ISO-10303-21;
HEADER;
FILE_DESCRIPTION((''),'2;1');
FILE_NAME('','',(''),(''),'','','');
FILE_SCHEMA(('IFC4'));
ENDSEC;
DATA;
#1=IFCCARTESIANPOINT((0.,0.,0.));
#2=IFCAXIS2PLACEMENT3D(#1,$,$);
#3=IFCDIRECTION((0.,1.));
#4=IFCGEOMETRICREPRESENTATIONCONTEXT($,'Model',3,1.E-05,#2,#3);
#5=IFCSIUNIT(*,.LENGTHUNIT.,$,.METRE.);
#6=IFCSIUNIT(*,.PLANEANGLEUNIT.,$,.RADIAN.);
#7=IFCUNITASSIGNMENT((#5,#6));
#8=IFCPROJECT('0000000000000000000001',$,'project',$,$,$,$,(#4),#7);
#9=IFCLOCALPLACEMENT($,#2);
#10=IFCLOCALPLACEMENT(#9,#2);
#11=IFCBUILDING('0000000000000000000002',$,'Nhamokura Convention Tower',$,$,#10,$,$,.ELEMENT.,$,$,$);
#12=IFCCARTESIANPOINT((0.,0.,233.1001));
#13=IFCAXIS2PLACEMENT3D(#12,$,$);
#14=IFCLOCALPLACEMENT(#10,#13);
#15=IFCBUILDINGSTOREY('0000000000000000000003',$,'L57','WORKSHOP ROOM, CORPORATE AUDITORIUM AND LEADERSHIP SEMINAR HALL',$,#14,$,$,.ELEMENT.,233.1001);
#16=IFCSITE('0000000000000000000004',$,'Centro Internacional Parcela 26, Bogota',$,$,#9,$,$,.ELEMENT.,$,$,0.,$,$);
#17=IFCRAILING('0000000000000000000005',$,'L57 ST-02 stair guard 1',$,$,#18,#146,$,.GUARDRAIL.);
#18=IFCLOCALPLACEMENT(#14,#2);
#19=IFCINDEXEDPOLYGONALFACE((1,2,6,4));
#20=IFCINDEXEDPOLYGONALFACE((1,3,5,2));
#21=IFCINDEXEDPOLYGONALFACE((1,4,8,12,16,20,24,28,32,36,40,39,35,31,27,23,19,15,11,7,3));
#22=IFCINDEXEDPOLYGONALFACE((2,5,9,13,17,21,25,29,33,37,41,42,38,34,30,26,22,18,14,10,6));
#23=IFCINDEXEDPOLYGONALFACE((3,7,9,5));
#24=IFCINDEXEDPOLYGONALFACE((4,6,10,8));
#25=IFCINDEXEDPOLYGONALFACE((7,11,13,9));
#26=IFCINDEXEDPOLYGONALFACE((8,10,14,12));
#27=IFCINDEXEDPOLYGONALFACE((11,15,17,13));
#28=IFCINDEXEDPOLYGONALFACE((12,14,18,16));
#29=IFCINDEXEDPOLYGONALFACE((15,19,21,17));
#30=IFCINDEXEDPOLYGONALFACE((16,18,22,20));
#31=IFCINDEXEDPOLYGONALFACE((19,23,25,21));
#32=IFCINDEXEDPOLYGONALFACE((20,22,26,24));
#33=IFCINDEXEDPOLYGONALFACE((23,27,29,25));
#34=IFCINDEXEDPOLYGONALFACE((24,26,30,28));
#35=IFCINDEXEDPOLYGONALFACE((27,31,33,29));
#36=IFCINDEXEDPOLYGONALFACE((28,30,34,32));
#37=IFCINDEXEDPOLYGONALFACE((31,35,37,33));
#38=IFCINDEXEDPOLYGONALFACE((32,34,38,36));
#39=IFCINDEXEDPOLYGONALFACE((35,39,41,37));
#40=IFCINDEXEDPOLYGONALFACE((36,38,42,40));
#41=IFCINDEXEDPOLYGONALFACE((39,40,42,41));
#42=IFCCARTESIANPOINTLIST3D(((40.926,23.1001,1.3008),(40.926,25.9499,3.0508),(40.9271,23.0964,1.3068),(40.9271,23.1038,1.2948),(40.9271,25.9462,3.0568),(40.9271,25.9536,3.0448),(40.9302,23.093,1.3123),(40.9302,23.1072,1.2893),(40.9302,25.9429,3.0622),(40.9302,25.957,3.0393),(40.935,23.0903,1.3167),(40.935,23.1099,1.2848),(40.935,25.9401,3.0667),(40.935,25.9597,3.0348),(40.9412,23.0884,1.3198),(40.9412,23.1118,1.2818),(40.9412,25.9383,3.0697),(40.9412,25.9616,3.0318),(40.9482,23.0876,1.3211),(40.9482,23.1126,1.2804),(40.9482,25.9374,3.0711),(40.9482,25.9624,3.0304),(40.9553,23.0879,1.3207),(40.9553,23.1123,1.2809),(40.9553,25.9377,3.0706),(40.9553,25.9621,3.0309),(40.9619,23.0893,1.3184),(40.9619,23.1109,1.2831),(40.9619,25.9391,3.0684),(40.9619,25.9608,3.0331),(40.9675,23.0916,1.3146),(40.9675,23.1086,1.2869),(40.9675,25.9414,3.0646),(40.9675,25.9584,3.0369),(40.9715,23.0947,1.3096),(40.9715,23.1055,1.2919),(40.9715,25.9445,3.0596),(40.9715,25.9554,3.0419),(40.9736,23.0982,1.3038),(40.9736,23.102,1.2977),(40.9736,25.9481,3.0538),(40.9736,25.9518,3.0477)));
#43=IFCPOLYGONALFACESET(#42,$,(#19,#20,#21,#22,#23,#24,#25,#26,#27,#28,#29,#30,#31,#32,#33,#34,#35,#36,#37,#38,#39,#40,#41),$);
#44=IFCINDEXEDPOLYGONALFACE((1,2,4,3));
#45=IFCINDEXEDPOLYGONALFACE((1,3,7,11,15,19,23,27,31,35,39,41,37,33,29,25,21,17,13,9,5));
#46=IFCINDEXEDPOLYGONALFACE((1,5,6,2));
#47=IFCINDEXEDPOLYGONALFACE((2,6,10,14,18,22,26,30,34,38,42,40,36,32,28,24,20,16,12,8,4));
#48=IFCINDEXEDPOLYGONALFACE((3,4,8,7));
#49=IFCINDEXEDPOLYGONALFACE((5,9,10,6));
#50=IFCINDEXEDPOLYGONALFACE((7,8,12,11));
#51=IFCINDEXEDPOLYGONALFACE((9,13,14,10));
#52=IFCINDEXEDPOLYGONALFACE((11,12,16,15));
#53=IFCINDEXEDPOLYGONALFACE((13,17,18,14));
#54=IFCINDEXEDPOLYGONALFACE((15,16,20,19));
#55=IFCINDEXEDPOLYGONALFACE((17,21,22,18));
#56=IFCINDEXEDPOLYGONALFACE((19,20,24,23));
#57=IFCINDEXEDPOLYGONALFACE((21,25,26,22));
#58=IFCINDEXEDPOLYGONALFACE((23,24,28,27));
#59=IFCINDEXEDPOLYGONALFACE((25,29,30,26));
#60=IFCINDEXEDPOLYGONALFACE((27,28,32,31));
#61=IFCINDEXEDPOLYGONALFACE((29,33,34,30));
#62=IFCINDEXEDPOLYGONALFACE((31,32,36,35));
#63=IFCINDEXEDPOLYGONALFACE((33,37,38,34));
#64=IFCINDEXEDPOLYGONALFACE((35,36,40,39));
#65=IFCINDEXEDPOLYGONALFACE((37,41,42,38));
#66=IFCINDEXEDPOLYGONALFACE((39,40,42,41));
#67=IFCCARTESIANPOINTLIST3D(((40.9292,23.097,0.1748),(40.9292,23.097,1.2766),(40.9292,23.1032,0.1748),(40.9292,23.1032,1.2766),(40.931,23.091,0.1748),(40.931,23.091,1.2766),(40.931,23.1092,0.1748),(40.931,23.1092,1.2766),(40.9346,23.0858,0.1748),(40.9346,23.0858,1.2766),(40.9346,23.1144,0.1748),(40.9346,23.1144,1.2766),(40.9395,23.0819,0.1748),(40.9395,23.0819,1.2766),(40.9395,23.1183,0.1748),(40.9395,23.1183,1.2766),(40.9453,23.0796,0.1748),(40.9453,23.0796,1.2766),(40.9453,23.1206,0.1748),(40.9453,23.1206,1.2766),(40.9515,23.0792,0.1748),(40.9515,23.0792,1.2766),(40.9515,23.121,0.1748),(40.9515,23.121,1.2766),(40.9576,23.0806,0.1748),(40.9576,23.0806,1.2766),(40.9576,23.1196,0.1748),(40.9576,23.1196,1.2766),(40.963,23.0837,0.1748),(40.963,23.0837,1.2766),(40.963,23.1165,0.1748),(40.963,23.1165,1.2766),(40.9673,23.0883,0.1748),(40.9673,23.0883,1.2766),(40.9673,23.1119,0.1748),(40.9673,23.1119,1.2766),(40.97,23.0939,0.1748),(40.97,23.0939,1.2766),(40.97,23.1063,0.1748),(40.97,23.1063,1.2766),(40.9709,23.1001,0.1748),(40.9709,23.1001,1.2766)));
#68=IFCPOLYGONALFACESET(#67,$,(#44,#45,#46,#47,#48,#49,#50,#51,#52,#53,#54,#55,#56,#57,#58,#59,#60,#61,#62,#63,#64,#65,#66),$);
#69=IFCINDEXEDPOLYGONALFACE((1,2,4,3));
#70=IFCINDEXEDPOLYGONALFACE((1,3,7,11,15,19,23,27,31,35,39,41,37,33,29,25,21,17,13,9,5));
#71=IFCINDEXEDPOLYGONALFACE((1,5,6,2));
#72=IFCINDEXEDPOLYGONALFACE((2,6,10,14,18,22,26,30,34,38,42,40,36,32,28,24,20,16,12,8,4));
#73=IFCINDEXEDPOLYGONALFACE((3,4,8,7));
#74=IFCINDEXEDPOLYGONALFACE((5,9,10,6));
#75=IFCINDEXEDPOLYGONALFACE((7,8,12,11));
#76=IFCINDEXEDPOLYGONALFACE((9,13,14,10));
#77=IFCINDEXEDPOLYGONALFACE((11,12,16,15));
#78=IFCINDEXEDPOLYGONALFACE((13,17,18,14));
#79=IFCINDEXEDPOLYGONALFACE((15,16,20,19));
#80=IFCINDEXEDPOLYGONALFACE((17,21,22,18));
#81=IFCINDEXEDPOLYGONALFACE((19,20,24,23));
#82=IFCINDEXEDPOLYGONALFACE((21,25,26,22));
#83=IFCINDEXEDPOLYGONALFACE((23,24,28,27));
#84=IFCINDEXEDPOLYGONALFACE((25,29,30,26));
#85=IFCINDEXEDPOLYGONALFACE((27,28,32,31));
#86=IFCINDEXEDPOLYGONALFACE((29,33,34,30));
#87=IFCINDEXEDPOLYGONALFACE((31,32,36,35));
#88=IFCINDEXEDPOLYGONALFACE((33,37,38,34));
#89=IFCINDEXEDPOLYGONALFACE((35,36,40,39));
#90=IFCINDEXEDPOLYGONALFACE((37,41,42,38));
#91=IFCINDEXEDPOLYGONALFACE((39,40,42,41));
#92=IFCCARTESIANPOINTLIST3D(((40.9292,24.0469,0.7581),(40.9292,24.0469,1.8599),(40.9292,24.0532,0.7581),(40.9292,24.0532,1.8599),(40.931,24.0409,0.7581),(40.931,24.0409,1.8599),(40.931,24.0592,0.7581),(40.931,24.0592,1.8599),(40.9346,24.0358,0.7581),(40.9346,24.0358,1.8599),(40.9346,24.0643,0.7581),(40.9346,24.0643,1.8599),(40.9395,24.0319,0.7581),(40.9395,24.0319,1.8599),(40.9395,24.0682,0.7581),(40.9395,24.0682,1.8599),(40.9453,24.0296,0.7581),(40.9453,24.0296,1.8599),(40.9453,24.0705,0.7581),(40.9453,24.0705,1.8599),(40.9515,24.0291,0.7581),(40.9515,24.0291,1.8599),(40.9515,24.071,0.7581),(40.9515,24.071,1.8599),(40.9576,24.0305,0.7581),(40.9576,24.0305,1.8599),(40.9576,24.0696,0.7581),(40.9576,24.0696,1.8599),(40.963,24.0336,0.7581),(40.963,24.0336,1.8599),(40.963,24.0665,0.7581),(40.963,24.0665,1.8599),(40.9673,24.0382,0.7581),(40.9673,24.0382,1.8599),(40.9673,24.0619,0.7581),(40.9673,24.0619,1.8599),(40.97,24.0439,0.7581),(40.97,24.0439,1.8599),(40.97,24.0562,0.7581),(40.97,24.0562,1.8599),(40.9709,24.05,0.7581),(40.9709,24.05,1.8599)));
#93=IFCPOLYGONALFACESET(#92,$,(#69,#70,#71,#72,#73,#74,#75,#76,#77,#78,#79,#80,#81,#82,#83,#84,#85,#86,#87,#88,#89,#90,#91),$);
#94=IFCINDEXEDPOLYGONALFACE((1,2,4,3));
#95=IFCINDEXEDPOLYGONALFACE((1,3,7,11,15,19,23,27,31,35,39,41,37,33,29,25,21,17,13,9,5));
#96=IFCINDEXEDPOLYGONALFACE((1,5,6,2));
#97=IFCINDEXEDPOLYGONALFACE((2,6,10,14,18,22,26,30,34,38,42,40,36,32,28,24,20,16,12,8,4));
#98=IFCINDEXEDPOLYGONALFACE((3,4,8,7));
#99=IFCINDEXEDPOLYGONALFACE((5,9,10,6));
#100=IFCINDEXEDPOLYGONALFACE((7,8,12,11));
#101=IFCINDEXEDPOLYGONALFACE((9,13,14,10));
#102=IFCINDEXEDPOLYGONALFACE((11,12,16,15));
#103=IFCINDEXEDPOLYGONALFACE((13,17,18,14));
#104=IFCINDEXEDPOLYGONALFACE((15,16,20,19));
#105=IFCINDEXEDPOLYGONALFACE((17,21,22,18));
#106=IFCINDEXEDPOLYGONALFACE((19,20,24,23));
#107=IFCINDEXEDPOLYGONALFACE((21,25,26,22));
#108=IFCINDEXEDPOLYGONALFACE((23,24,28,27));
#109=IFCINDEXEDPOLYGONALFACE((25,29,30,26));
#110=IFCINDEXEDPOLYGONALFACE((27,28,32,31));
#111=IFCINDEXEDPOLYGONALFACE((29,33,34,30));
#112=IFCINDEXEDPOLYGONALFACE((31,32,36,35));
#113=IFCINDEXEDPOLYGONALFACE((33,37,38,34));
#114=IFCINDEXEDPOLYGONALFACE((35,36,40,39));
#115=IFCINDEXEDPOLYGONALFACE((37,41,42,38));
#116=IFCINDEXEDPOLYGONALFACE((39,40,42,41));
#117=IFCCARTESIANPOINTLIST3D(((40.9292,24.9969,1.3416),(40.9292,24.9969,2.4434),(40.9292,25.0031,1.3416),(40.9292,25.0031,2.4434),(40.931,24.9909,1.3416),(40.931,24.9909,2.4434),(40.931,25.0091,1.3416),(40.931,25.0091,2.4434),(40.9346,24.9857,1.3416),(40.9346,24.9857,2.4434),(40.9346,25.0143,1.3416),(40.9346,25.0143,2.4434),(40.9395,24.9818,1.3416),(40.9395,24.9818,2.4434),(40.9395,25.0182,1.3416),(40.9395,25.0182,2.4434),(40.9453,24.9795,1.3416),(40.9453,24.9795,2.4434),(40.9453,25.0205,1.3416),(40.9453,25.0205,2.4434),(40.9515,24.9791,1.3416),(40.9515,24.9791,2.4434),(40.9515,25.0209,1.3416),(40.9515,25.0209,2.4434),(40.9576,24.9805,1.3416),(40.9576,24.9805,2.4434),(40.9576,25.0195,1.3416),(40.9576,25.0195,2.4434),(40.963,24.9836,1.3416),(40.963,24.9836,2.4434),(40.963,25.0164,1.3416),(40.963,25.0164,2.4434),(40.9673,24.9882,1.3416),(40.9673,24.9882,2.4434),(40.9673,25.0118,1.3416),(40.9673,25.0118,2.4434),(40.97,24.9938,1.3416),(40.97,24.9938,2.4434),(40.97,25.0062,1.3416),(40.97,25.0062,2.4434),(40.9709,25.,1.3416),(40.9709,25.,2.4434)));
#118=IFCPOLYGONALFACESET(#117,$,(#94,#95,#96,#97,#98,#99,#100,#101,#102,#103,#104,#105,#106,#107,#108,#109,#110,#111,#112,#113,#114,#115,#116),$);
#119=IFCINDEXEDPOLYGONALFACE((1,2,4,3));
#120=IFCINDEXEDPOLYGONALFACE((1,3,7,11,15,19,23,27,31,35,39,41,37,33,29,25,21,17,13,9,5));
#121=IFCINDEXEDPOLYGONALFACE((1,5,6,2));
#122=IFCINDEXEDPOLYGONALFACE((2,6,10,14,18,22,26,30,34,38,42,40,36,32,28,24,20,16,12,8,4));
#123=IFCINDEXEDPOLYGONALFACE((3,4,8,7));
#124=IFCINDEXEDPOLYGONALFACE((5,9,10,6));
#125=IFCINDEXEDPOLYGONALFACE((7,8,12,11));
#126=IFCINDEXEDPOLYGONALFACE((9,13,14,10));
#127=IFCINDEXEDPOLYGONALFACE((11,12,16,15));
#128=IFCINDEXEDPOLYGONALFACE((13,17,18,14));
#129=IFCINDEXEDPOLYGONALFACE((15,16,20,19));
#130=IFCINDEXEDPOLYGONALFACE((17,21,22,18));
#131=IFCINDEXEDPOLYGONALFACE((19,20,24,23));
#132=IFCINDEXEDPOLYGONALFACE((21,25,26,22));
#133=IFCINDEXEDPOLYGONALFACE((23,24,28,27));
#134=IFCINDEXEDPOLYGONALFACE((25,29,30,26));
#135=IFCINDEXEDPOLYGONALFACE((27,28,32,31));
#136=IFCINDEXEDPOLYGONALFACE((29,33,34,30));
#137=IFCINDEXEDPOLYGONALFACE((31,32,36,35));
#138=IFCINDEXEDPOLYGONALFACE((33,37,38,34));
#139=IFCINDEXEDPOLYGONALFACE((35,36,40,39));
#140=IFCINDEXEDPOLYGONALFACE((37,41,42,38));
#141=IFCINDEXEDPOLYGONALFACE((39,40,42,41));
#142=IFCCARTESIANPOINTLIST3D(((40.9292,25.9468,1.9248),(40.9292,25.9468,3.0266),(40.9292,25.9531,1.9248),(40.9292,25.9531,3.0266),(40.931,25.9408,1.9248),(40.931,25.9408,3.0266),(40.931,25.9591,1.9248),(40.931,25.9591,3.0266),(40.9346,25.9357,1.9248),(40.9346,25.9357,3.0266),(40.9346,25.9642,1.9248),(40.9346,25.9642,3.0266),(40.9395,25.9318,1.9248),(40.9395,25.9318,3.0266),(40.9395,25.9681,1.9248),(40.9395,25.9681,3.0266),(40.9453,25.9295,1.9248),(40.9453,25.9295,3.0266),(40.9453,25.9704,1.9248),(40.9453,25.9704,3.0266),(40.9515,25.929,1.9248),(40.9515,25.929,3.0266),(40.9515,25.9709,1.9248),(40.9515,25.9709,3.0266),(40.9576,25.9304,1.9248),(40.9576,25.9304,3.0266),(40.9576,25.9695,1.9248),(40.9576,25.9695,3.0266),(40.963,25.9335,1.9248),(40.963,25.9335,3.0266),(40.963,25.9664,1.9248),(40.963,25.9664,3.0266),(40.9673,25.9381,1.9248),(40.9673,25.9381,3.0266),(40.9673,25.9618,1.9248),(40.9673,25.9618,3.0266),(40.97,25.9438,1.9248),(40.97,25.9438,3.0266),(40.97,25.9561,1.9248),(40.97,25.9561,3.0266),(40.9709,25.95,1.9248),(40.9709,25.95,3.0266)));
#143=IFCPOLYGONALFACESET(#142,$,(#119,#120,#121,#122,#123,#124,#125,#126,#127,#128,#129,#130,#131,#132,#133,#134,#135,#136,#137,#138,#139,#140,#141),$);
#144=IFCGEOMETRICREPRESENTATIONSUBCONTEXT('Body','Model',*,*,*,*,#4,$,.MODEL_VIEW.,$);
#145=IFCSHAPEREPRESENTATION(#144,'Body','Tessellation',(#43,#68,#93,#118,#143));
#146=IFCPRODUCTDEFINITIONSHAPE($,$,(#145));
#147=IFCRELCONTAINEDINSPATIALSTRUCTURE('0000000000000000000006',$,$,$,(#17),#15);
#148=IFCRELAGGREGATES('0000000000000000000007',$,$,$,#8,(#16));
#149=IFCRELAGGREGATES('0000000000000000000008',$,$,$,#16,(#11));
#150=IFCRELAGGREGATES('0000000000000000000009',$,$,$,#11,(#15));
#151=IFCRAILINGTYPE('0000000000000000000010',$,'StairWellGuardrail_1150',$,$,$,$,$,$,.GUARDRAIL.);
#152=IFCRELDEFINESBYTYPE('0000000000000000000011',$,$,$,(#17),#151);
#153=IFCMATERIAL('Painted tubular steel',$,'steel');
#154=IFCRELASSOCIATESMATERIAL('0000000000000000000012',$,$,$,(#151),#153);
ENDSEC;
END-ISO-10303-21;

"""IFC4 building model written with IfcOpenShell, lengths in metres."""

from ifc_helpers import new_model, si_unit, direction, frame, origin, origin_2d, place, context, subcontext, project, spatial, circle, extrude, material, type_object, element, save


model = new_model("IFC4")

# Units and contexts
model_context = context("Model", 3, precision=1e-05, world=origin(), true_north=direction((0.0, 1.0)))
body_context = subcontext(model_context, "Body", "Model", "MODEL_VIEW")
ifc_project = project(units=[si_unit("LENGTHUNIT", "METRE"), si_unit("PLANEANGLEUNIT", "RADIAN")], contexts=[model_context])

# Site, building, storey
site_placement = place(None, origin())
site = spatial("IfcSite", under=ifc_project, at=site_placement, Name="Centro Internacional Parcela 26, Bogota", CompositionType="ELEMENT", RefElevation=0.0)
building_placement = place(site_placement, origin())
building = spatial("IfcBuilding", under=site, at=building_placement, Name="Nhamokura Convention Tower", CompositionType="ELEMENT")
storey_placement = place(building_placement, frame((0.0, 0.0, 233.1001)))
storey = spatial("IfcBuildingStorey", under=building, at=storey_placement, Name="L57", Description="WORKSHOP ROOM, CORPORATE AUDITORIUM AND LEADERSHIP SEMINAR HALL", CompositionType="ELEMENT", Elevation=233.1001)

# Railing
ifc_material_1 = material(Name="Painted tubular steel", Category="steel")
railing_type_1 = type_object("IfcRailingType", Name="StairWellGuardrail_1150", PredefinedType="GUARDRAIL", material=ifc_material_1)
railing_1_placement = place(storey_placement, frame((40.95, 23.1001, 0.1748)))
element("IfcRailing", 1, at=railing_1_placement, inside=storey, type_object=railing_type_1, Name="L57 ST-02 stair guard 1", PredefinedType="GUARDRAIL", context=body_context, shape_type="SweptSolid", body=[
    extrude(circle(Radius=0.0239, at=origin_2d()), frame((0.0, 0.0, 1.126), z_axis=(0.0, 0.852159, 0.523283), x_axis=(-1.0, 0.0, 0.0)), (0.0, 0.0, 1.0), 3.3442),
    extrude(circle(Radius=0.021, at=origin_2d()), origin(), (0.0, 0.0, 1.0), 1.1018),
    extrude(circle(Radius=0.021, at=origin_2d()), frame((0.0, 0.95, 0.5833)), (0.0, 0.0, 1.0), 1.1018),
    extrude(circle(Radius=0.021, at=origin_2d()), frame((0.0, 1.8999, 1.1667)), (0.0, 0.0, 1.0), 1.1018),
    extrude(circle(Radius=0.021, at=origin_2d()), frame((0.0, 2.8499, 1.75)), (0.0, 0.0, 1.0), 1.1018),
])

save(model, "model.ifc")
